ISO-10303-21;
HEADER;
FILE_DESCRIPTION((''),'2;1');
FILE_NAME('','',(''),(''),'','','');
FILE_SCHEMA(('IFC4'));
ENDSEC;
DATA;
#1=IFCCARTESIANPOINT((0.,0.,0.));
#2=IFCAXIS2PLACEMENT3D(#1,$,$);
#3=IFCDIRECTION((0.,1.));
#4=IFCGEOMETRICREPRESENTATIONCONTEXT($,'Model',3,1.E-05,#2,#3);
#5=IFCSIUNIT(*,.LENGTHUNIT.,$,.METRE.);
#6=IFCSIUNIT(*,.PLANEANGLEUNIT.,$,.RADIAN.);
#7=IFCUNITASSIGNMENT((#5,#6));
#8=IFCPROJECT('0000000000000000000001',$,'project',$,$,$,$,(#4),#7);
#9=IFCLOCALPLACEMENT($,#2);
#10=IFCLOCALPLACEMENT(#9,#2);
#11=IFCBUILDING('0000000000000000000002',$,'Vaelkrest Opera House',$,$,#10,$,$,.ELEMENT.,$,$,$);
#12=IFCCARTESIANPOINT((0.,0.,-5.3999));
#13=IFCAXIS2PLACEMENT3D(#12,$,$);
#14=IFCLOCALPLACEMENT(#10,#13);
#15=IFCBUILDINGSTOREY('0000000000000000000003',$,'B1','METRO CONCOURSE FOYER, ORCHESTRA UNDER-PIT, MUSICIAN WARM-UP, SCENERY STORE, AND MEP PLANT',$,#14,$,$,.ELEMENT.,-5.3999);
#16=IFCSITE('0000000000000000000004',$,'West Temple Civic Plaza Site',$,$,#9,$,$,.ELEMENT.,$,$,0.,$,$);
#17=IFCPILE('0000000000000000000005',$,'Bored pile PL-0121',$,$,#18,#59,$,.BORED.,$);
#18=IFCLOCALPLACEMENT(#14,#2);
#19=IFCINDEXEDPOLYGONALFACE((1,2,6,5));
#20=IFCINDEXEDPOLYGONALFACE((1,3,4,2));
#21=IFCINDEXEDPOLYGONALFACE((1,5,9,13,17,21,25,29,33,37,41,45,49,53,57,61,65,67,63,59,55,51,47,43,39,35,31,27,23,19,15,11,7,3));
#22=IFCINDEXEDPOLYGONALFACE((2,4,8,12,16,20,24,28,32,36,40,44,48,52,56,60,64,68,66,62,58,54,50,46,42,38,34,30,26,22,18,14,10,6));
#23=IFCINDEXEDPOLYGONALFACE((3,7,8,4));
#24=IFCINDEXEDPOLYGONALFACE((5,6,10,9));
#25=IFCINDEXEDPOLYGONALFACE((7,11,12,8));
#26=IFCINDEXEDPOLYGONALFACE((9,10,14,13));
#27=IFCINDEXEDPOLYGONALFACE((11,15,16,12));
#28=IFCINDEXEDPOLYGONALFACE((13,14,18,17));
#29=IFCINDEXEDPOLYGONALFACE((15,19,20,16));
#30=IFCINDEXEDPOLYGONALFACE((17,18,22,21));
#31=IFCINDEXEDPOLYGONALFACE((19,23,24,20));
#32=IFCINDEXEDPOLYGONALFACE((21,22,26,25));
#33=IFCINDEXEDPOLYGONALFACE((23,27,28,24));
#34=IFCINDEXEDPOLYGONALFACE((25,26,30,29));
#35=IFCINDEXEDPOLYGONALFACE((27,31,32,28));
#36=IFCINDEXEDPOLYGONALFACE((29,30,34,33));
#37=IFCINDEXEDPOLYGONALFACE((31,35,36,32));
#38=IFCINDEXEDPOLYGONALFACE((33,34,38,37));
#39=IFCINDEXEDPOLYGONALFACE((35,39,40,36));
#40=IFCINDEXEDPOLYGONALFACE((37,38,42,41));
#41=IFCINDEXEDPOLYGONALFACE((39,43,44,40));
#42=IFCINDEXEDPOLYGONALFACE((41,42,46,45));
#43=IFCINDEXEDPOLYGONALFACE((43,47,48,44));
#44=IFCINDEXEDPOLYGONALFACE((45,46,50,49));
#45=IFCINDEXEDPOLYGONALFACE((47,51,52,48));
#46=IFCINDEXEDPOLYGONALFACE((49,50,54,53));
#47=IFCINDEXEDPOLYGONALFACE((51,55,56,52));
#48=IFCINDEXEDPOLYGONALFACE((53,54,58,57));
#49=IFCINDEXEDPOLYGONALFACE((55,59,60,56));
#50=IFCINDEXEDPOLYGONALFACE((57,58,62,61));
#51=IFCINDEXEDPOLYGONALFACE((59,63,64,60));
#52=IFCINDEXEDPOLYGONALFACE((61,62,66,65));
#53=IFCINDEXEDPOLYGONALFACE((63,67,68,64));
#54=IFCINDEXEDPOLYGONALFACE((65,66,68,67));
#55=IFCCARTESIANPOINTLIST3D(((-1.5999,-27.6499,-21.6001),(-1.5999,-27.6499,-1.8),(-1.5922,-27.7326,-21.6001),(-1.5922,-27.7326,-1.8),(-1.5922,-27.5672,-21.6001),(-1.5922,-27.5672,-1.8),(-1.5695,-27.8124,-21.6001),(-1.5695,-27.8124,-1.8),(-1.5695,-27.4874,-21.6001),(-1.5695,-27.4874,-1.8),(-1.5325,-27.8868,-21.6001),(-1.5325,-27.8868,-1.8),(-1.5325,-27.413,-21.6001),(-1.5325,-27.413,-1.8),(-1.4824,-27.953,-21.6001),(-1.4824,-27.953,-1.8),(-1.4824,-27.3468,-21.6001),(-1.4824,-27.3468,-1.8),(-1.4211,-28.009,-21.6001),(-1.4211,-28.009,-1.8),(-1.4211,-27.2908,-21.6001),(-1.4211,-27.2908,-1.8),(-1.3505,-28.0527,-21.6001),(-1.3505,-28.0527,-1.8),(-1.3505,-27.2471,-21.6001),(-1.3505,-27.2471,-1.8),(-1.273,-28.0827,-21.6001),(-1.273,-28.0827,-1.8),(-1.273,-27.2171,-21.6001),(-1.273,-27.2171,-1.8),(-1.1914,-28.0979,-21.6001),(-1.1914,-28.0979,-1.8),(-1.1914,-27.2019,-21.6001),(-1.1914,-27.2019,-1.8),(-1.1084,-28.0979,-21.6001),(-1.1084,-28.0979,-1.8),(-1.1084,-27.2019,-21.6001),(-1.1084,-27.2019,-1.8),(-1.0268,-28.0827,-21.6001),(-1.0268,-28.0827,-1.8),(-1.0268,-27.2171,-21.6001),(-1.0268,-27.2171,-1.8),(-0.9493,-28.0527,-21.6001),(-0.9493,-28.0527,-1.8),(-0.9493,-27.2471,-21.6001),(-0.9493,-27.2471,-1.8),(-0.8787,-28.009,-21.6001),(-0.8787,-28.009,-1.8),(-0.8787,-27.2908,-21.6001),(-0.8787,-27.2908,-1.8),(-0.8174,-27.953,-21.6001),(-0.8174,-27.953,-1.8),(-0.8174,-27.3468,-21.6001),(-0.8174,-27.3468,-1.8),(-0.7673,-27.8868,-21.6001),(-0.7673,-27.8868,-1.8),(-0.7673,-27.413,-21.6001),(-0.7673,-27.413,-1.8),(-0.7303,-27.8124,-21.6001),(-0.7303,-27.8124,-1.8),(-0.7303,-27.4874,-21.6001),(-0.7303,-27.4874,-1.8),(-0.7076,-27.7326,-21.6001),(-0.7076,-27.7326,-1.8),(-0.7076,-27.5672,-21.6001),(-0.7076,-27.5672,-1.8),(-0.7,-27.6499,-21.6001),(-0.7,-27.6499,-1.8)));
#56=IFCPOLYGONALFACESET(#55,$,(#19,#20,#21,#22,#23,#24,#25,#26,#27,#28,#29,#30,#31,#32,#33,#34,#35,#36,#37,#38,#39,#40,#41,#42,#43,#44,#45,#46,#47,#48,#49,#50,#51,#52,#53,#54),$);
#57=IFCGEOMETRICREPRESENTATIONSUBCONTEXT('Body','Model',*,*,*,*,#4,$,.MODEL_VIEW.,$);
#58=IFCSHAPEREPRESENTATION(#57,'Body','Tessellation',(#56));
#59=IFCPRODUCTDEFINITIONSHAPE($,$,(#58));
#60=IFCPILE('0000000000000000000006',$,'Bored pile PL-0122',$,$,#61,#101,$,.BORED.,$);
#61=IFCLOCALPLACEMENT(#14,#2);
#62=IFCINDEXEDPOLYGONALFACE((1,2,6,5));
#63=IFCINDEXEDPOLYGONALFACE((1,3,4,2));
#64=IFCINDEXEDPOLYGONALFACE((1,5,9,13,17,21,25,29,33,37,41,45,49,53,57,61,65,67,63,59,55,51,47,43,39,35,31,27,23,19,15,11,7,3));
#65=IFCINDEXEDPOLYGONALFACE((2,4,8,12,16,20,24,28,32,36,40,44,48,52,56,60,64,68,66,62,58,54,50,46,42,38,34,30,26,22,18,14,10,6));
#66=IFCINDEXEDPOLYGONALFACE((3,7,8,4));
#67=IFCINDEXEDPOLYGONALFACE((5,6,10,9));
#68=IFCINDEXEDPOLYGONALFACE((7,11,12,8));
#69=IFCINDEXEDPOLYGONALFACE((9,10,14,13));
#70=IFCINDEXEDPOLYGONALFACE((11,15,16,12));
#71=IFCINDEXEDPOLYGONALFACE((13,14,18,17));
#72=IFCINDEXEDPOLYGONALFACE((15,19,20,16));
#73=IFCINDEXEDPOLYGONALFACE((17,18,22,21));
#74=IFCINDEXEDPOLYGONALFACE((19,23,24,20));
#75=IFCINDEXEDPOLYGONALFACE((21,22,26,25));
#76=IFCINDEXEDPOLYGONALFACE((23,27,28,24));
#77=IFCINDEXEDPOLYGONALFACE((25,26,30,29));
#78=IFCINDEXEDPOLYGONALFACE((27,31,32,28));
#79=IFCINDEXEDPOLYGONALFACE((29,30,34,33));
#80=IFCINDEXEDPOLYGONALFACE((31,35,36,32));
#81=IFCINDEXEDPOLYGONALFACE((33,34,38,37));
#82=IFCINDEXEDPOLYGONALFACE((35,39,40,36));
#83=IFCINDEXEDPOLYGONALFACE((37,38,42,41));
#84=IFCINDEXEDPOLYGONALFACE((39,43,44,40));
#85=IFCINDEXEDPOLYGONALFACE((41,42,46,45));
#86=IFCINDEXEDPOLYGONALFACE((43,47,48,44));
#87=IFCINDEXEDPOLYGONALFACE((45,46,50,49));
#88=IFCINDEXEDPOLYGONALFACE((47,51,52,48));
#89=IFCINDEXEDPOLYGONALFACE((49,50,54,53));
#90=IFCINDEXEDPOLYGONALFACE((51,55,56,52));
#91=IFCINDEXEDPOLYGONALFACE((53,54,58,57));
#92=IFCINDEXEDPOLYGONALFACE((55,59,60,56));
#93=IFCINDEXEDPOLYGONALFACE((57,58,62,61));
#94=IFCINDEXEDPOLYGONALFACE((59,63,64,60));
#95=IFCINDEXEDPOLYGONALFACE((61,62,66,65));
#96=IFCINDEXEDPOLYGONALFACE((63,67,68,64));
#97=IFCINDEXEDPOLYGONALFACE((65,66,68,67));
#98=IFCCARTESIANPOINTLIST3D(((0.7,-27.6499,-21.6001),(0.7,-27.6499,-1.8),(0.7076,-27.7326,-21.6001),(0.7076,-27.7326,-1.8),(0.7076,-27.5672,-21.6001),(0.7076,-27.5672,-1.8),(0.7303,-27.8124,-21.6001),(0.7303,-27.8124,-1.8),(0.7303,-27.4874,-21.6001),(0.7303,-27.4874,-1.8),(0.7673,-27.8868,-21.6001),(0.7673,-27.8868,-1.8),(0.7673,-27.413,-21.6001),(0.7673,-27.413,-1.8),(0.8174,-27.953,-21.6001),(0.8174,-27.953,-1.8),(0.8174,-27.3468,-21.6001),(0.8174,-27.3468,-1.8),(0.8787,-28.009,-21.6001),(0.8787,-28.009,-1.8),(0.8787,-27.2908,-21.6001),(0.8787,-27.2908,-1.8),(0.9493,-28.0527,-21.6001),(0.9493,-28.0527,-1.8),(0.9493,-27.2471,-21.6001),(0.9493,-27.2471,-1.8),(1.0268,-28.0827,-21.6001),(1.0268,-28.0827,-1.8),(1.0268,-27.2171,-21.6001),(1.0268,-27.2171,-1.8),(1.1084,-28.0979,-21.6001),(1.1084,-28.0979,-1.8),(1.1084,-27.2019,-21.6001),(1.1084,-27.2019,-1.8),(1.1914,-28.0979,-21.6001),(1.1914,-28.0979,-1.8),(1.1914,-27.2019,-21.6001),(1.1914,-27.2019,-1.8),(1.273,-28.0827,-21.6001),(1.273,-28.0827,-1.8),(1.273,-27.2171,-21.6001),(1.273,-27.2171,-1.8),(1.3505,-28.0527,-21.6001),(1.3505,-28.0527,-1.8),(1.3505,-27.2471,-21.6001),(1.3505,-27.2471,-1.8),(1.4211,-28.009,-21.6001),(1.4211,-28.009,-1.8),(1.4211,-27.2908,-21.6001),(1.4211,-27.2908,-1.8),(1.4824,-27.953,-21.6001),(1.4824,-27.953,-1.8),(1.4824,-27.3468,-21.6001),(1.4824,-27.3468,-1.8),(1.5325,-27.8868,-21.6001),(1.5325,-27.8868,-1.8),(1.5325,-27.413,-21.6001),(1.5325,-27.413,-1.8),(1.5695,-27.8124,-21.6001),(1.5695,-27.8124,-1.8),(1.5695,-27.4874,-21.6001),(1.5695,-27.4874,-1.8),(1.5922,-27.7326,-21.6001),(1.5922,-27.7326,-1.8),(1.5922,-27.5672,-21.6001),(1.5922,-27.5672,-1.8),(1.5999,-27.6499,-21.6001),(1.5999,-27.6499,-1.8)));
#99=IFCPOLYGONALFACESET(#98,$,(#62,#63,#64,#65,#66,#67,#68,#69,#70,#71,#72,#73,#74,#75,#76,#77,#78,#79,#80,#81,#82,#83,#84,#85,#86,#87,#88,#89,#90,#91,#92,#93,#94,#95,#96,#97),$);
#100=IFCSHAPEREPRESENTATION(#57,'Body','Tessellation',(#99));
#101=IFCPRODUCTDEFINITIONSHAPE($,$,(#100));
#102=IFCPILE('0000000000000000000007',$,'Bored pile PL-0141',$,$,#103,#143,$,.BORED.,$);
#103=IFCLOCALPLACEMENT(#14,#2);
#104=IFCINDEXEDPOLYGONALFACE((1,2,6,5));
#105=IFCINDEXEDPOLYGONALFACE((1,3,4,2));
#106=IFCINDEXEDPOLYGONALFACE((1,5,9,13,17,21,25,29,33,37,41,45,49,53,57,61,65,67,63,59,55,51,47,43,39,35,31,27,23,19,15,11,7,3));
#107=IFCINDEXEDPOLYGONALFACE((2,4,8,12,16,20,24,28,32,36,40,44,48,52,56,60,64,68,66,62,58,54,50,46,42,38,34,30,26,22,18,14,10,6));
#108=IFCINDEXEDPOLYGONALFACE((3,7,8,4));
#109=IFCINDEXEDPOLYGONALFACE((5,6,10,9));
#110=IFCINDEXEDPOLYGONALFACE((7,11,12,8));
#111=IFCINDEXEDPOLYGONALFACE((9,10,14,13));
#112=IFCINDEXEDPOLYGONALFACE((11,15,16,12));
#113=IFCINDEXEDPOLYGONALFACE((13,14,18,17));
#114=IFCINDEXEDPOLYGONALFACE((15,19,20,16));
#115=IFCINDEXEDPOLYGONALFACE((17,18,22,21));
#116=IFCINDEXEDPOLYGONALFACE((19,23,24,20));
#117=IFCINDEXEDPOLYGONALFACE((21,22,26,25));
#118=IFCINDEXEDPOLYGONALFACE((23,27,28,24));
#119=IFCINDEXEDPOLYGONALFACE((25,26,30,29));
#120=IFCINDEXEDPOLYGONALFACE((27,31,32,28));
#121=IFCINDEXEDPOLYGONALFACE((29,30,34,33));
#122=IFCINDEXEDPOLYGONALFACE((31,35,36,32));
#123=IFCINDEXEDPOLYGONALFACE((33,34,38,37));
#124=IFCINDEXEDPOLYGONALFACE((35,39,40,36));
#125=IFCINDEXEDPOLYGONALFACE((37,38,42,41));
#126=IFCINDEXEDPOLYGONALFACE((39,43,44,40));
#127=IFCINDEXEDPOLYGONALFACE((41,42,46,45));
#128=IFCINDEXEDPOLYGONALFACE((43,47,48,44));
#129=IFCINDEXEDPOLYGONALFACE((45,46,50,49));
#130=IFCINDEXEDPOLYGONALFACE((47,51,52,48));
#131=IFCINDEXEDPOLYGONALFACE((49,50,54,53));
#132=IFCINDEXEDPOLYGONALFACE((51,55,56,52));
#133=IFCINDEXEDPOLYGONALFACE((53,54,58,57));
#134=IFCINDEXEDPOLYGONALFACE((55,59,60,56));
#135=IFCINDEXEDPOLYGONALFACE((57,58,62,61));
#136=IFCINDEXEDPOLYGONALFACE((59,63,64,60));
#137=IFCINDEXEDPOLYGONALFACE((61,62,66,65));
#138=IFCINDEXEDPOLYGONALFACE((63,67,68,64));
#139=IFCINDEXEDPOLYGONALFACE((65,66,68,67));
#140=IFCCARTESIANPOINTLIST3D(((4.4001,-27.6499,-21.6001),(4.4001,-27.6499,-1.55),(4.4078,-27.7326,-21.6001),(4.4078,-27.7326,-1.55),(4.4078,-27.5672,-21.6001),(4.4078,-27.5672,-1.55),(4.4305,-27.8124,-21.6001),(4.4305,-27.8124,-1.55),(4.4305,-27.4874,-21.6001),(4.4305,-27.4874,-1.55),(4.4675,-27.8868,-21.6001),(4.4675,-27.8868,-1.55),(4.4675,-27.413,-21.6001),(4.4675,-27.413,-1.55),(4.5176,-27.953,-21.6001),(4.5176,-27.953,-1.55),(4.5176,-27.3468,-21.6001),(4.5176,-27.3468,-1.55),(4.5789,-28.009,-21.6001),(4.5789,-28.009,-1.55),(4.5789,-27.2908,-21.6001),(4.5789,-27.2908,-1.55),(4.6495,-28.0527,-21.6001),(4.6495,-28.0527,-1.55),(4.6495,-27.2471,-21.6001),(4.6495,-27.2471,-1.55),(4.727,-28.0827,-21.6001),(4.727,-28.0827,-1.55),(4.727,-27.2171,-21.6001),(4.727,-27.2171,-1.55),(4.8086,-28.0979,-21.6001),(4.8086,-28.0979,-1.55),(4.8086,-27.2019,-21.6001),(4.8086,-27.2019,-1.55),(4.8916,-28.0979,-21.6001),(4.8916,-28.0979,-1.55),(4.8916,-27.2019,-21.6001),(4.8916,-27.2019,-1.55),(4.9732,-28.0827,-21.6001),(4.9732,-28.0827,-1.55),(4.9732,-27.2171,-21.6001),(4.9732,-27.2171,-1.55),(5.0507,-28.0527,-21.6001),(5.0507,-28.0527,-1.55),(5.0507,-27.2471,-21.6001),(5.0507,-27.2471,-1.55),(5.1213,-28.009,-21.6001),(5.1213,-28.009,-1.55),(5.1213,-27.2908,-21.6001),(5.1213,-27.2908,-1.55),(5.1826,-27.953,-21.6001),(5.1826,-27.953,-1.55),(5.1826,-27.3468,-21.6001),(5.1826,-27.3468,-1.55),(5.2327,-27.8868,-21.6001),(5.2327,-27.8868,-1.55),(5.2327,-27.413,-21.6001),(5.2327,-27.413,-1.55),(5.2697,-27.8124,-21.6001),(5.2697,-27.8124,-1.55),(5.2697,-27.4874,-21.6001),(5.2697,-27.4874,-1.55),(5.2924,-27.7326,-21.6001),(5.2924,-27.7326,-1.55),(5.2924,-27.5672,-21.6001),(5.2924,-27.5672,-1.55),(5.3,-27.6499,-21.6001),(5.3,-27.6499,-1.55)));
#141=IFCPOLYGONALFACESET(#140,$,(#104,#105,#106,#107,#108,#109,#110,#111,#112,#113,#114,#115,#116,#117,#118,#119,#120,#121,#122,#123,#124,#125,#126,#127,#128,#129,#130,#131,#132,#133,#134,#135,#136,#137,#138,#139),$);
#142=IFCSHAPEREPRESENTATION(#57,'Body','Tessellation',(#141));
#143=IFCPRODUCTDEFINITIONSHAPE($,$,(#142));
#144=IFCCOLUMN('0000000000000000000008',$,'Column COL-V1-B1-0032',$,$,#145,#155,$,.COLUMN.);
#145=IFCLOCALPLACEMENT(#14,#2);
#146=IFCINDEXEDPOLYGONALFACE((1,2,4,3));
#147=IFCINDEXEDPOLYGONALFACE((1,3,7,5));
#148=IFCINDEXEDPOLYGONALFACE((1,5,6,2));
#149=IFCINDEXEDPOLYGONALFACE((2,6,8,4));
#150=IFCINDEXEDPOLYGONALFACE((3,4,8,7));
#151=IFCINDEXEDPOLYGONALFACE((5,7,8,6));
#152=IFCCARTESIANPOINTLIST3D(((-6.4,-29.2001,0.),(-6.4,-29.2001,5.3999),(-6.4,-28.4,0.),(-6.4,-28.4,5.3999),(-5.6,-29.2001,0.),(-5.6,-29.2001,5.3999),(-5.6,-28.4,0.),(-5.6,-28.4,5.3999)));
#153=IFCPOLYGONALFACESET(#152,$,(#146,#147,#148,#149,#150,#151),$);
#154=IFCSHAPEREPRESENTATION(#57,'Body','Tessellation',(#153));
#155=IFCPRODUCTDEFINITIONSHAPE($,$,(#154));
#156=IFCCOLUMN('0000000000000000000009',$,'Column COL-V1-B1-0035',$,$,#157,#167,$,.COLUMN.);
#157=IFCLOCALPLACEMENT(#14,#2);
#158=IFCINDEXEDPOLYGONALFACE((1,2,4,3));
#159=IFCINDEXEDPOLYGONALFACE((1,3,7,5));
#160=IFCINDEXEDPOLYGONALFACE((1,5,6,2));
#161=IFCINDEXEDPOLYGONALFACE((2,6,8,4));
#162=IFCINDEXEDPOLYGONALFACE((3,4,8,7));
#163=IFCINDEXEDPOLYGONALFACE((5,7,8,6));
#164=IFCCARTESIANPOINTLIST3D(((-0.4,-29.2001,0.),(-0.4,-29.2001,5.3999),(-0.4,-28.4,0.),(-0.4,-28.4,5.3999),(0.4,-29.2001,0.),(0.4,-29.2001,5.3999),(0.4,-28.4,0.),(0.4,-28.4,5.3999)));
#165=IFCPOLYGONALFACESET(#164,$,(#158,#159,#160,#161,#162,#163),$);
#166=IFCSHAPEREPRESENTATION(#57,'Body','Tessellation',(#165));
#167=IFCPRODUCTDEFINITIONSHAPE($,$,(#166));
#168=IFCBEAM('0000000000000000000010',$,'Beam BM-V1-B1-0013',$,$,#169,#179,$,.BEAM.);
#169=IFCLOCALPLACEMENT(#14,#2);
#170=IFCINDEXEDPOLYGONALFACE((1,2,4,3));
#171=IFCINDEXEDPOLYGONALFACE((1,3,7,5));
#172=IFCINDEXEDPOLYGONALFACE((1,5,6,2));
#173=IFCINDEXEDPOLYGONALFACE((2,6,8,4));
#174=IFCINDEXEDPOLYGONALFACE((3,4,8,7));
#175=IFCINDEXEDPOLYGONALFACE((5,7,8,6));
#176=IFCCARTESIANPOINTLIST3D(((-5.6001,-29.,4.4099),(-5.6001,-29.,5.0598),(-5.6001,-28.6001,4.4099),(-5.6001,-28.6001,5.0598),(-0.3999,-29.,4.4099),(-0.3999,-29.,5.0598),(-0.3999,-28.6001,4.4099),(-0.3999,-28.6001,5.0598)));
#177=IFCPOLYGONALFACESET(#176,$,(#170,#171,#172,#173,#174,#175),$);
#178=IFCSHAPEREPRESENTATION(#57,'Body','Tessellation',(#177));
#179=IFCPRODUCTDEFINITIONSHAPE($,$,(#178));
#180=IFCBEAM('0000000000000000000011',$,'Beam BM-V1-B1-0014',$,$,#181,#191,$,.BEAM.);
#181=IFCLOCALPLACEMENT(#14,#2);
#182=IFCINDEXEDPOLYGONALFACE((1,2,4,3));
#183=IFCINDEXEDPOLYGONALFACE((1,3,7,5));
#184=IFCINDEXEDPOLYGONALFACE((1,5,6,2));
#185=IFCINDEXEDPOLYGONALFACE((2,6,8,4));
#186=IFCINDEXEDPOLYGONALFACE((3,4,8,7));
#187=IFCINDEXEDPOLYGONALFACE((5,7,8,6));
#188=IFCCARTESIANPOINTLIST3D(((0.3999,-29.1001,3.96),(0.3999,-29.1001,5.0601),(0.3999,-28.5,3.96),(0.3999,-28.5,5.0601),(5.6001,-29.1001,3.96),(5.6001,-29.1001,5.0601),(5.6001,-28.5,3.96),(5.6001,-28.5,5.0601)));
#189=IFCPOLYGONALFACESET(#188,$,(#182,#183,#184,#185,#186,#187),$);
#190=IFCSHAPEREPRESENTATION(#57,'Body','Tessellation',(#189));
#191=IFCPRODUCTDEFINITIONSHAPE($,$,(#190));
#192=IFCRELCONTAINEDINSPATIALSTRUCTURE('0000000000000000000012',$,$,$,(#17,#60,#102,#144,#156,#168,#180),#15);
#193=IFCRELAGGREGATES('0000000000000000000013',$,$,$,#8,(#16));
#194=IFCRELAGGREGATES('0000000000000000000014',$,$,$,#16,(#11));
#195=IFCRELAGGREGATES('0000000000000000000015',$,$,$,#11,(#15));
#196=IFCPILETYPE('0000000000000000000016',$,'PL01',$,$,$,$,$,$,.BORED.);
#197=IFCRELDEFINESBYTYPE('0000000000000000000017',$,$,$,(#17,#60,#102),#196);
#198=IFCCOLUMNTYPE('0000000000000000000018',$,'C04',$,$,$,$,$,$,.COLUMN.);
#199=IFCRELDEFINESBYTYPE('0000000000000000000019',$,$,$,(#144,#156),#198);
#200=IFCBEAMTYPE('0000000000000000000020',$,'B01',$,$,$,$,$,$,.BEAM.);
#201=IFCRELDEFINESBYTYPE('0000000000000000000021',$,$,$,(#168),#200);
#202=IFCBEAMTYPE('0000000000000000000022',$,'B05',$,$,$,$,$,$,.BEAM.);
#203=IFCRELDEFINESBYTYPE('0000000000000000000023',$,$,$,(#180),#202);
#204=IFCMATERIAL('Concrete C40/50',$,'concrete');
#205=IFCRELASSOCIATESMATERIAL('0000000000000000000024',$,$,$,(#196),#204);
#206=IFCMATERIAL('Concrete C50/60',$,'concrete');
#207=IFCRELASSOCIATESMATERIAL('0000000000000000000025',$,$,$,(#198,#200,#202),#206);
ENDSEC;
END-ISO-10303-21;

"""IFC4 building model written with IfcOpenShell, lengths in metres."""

from ifc_helpers import new_model, si_unit, direction, frame, origin, origin_2d, place, context, subcontext, project, spatial, rectangle, circle, extrude, material, material_profile, profile_set, type_object, element, save


model = new_model("IFC4")

# Units and contexts
model_context = context("Model", 3, precision=1e-05, world=origin(), true_north=direction((0.0, 1.0)))
body_context = subcontext(model_context, "Body", "Model", "MODEL_VIEW")
ifc_project = project(units=[si_unit("LENGTHUNIT", "METRE"), si_unit("PLANEANGLEUNIT", "RADIAN")], contexts=[model_context])

# Site, building, storey
site_placement = place(None, origin())
site = spatial("IfcSite", under=ifc_project, at=site_placement, Name="West Temple Civic Plaza Site", CompositionType="ELEMENT", RefElevation=0.0)
building_placement = place(site_placement, origin())
building = spatial("IfcBuilding", under=site, at=building_placement, Name="Vaelkrest Opera House", CompositionType="ELEMENT")
storey_placement = place(building_placement, frame((0.0, 0.0, -5.3999)))
storey = spatial("IfcBuildingStorey", under=building, at=storey_placement, Name="B1", Description="METRO CONCOURSE FOYER, ORCHESTRA UNDER-PIT, MUSICIAN WARM-UP, SCENERY STORE, AND MEP PLANT", CompositionType="ELEMENT", Elevation=-5.3999)

# Shared definitions
ifc_material_1 = material(Name="Concrete C40/50", Category="concrete")

# Piles
ifc_material_profile_1 = material_profile(ifc_material_1, circle(Radius=0.45, at=origin_2d()), Name="PILE900")
ifc_profile_set_1 = profile_set([ifc_material_profile_1], Name="Concrete C40/50")
pile_type = type_object("IfcPileType", Name="PL01", PredefinedType="BORED", material=ifc_profile_set_1)
for number, where, z_axis, x_axis, name in (
    (1, (-1.1499, -27.6499, -1.8), (0.0, 0.0, -1.0), (1.0, 0.0, 0.0), "Bored pile PL-0121"),
    (2, (1.1499, -27.6499, -1.8), (0.0, 0.0, -1.0), (1.0, 0.0, 0.0), "Bored pile PL-0122"),
):
    element("IfcPile", number, at=place(storey_placement, frame(where, z_axis=z_axis, x_axis=x_axis)), inside=storey, type_object=pile_type, Name=name, PredefinedType="BORED", context=body_context, shape_type="SweptSolid", body=[
        extrude(circle(Radius=0.45, at=origin_2d()), origin(), (0.0, 0.0, 1.0), 19.8),
    ])
pile_1_placement = place(storey_placement, frame((4.8501, -27.6499, -1.55), z_axis=(0.0, 0.0, -1.0), x_axis=(1.0, 0.0, 0.0)))
element("IfcPile", 3, at=pile_1_placement, inside=storey, type_object=pile_type, Name="Bored pile PL-0141", PredefinedType="BORED", context=body_context, shape_type="SweptSolid", body=[
    extrude(circle(Radius=0.45, at=origin_2d()), origin(), (0.0, 0.0, 1.0), 20.05),
])

# Columns
ifc_material_2 = material(Name="Concrete C50/60", Category="concrete")
ifc_material_profile_2 = material_profile(ifc_material_2, rectangle(XDim=0.8, YDim=0.8, at=origin_2d()), Name="RC800X800")
ifc_profile_set_2 = profile_set([ifc_material_profile_2], Name="Concrete C50/60")
column_type = type_object("IfcColumnType", Name="C04", PredefinedType="COLUMN", material=ifc_profile_set_2)
for number, where, z_axis, x_axis, name in (
    (4, (-6.0, -28.8, 0.0), (0.0, 0.0, 1.0), (1.0, 0.0, 0.0), "Column COL-V1-B1-0032"),
    (5, (0.0, -28.8, 0.0), (0.0, 0.0, 1.0), (1.0, 0.0, 0.0), "Column COL-V1-B1-0035"),
):
    element("IfcColumn", number, at=place(storey_placement, frame(where, z_axis=z_axis, x_axis=x_axis)), inside=storey, type_object=column_type, Name=name, PredefinedType="COLUMN", context=body_context, shape_type="SweptSolid", body=[
        extrude(rectangle(XDim=0.8, YDim=0.8, at=origin_2d()), origin(), (0.0, 0.0, 1.0), 5.3999),
    ])

# Beams
ifc_material_profile_3 = material_profile(ifc_material_2, rectangle(XDim=0.3999, YDim=0.6499, at=origin_2d()), Name="RCB400X650")
ifc_profile_set_3 = profile_set([ifc_material_profile_3], Name="Concrete C50/60")
beam_type_1 = type_object("IfcBeamType", Name="B01", PredefinedType="BEAM", material=ifc_profile_set_3)
beam_1_placement = place(storey_placement, frame((-5.6001, -28.8, 4.7349), z_axis=(1.0, 0.0, 0.0), x_axis=(0.0, 1.0, 0.0)))
element("IfcBeam", 6, at=beam_1_placement, inside=storey, type_object=beam_type_1, Name="Beam BM-V1-B1-0013", PredefinedType="BEAM", context=body_context, shape_type="SweptSolid", body=[
    extrude(rectangle(XDim=0.3999, YDim=0.6499, at=origin_2d()), origin(), (0.0, 0.0, 1.0), 5.2002),
])
ifc_material_profile_4 = material_profile(ifc_material_2, rectangle(XDim=0.6001, YDim=1.1001, at=origin_2d()), Name="RCB600X1100")
ifc_profile_set_4 = profile_set([ifc_material_profile_4], Name="Concrete C50/60")
beam_type_2 = type_object("IfcBeamType", Name="B05", PredefinedType="BEAM", material=ifc_profile_set_4)
beam_2_placement = place(storey_placement, frame((0.3999, -28.8, 4.51), z_axis=(1.0, 0.0, 0.0), x_axis=(0.0, 1.0, 0.0)))
element("IfcBeam", 7, at=beam_2_placement, inside=storey, type_object=beam_type_2, Name="Beam BM-V1-B1-0014", PredefinedType="BEAM", context=body_context, shape_type="SweptSolid", body=[
    extrude(rectangle(XDim=0.6001, YDim=1.1001, at=origin_2d()), origin(), (0.0, 0.0, 1.0), 5.2002),
])

save(model, "model.ifc")
